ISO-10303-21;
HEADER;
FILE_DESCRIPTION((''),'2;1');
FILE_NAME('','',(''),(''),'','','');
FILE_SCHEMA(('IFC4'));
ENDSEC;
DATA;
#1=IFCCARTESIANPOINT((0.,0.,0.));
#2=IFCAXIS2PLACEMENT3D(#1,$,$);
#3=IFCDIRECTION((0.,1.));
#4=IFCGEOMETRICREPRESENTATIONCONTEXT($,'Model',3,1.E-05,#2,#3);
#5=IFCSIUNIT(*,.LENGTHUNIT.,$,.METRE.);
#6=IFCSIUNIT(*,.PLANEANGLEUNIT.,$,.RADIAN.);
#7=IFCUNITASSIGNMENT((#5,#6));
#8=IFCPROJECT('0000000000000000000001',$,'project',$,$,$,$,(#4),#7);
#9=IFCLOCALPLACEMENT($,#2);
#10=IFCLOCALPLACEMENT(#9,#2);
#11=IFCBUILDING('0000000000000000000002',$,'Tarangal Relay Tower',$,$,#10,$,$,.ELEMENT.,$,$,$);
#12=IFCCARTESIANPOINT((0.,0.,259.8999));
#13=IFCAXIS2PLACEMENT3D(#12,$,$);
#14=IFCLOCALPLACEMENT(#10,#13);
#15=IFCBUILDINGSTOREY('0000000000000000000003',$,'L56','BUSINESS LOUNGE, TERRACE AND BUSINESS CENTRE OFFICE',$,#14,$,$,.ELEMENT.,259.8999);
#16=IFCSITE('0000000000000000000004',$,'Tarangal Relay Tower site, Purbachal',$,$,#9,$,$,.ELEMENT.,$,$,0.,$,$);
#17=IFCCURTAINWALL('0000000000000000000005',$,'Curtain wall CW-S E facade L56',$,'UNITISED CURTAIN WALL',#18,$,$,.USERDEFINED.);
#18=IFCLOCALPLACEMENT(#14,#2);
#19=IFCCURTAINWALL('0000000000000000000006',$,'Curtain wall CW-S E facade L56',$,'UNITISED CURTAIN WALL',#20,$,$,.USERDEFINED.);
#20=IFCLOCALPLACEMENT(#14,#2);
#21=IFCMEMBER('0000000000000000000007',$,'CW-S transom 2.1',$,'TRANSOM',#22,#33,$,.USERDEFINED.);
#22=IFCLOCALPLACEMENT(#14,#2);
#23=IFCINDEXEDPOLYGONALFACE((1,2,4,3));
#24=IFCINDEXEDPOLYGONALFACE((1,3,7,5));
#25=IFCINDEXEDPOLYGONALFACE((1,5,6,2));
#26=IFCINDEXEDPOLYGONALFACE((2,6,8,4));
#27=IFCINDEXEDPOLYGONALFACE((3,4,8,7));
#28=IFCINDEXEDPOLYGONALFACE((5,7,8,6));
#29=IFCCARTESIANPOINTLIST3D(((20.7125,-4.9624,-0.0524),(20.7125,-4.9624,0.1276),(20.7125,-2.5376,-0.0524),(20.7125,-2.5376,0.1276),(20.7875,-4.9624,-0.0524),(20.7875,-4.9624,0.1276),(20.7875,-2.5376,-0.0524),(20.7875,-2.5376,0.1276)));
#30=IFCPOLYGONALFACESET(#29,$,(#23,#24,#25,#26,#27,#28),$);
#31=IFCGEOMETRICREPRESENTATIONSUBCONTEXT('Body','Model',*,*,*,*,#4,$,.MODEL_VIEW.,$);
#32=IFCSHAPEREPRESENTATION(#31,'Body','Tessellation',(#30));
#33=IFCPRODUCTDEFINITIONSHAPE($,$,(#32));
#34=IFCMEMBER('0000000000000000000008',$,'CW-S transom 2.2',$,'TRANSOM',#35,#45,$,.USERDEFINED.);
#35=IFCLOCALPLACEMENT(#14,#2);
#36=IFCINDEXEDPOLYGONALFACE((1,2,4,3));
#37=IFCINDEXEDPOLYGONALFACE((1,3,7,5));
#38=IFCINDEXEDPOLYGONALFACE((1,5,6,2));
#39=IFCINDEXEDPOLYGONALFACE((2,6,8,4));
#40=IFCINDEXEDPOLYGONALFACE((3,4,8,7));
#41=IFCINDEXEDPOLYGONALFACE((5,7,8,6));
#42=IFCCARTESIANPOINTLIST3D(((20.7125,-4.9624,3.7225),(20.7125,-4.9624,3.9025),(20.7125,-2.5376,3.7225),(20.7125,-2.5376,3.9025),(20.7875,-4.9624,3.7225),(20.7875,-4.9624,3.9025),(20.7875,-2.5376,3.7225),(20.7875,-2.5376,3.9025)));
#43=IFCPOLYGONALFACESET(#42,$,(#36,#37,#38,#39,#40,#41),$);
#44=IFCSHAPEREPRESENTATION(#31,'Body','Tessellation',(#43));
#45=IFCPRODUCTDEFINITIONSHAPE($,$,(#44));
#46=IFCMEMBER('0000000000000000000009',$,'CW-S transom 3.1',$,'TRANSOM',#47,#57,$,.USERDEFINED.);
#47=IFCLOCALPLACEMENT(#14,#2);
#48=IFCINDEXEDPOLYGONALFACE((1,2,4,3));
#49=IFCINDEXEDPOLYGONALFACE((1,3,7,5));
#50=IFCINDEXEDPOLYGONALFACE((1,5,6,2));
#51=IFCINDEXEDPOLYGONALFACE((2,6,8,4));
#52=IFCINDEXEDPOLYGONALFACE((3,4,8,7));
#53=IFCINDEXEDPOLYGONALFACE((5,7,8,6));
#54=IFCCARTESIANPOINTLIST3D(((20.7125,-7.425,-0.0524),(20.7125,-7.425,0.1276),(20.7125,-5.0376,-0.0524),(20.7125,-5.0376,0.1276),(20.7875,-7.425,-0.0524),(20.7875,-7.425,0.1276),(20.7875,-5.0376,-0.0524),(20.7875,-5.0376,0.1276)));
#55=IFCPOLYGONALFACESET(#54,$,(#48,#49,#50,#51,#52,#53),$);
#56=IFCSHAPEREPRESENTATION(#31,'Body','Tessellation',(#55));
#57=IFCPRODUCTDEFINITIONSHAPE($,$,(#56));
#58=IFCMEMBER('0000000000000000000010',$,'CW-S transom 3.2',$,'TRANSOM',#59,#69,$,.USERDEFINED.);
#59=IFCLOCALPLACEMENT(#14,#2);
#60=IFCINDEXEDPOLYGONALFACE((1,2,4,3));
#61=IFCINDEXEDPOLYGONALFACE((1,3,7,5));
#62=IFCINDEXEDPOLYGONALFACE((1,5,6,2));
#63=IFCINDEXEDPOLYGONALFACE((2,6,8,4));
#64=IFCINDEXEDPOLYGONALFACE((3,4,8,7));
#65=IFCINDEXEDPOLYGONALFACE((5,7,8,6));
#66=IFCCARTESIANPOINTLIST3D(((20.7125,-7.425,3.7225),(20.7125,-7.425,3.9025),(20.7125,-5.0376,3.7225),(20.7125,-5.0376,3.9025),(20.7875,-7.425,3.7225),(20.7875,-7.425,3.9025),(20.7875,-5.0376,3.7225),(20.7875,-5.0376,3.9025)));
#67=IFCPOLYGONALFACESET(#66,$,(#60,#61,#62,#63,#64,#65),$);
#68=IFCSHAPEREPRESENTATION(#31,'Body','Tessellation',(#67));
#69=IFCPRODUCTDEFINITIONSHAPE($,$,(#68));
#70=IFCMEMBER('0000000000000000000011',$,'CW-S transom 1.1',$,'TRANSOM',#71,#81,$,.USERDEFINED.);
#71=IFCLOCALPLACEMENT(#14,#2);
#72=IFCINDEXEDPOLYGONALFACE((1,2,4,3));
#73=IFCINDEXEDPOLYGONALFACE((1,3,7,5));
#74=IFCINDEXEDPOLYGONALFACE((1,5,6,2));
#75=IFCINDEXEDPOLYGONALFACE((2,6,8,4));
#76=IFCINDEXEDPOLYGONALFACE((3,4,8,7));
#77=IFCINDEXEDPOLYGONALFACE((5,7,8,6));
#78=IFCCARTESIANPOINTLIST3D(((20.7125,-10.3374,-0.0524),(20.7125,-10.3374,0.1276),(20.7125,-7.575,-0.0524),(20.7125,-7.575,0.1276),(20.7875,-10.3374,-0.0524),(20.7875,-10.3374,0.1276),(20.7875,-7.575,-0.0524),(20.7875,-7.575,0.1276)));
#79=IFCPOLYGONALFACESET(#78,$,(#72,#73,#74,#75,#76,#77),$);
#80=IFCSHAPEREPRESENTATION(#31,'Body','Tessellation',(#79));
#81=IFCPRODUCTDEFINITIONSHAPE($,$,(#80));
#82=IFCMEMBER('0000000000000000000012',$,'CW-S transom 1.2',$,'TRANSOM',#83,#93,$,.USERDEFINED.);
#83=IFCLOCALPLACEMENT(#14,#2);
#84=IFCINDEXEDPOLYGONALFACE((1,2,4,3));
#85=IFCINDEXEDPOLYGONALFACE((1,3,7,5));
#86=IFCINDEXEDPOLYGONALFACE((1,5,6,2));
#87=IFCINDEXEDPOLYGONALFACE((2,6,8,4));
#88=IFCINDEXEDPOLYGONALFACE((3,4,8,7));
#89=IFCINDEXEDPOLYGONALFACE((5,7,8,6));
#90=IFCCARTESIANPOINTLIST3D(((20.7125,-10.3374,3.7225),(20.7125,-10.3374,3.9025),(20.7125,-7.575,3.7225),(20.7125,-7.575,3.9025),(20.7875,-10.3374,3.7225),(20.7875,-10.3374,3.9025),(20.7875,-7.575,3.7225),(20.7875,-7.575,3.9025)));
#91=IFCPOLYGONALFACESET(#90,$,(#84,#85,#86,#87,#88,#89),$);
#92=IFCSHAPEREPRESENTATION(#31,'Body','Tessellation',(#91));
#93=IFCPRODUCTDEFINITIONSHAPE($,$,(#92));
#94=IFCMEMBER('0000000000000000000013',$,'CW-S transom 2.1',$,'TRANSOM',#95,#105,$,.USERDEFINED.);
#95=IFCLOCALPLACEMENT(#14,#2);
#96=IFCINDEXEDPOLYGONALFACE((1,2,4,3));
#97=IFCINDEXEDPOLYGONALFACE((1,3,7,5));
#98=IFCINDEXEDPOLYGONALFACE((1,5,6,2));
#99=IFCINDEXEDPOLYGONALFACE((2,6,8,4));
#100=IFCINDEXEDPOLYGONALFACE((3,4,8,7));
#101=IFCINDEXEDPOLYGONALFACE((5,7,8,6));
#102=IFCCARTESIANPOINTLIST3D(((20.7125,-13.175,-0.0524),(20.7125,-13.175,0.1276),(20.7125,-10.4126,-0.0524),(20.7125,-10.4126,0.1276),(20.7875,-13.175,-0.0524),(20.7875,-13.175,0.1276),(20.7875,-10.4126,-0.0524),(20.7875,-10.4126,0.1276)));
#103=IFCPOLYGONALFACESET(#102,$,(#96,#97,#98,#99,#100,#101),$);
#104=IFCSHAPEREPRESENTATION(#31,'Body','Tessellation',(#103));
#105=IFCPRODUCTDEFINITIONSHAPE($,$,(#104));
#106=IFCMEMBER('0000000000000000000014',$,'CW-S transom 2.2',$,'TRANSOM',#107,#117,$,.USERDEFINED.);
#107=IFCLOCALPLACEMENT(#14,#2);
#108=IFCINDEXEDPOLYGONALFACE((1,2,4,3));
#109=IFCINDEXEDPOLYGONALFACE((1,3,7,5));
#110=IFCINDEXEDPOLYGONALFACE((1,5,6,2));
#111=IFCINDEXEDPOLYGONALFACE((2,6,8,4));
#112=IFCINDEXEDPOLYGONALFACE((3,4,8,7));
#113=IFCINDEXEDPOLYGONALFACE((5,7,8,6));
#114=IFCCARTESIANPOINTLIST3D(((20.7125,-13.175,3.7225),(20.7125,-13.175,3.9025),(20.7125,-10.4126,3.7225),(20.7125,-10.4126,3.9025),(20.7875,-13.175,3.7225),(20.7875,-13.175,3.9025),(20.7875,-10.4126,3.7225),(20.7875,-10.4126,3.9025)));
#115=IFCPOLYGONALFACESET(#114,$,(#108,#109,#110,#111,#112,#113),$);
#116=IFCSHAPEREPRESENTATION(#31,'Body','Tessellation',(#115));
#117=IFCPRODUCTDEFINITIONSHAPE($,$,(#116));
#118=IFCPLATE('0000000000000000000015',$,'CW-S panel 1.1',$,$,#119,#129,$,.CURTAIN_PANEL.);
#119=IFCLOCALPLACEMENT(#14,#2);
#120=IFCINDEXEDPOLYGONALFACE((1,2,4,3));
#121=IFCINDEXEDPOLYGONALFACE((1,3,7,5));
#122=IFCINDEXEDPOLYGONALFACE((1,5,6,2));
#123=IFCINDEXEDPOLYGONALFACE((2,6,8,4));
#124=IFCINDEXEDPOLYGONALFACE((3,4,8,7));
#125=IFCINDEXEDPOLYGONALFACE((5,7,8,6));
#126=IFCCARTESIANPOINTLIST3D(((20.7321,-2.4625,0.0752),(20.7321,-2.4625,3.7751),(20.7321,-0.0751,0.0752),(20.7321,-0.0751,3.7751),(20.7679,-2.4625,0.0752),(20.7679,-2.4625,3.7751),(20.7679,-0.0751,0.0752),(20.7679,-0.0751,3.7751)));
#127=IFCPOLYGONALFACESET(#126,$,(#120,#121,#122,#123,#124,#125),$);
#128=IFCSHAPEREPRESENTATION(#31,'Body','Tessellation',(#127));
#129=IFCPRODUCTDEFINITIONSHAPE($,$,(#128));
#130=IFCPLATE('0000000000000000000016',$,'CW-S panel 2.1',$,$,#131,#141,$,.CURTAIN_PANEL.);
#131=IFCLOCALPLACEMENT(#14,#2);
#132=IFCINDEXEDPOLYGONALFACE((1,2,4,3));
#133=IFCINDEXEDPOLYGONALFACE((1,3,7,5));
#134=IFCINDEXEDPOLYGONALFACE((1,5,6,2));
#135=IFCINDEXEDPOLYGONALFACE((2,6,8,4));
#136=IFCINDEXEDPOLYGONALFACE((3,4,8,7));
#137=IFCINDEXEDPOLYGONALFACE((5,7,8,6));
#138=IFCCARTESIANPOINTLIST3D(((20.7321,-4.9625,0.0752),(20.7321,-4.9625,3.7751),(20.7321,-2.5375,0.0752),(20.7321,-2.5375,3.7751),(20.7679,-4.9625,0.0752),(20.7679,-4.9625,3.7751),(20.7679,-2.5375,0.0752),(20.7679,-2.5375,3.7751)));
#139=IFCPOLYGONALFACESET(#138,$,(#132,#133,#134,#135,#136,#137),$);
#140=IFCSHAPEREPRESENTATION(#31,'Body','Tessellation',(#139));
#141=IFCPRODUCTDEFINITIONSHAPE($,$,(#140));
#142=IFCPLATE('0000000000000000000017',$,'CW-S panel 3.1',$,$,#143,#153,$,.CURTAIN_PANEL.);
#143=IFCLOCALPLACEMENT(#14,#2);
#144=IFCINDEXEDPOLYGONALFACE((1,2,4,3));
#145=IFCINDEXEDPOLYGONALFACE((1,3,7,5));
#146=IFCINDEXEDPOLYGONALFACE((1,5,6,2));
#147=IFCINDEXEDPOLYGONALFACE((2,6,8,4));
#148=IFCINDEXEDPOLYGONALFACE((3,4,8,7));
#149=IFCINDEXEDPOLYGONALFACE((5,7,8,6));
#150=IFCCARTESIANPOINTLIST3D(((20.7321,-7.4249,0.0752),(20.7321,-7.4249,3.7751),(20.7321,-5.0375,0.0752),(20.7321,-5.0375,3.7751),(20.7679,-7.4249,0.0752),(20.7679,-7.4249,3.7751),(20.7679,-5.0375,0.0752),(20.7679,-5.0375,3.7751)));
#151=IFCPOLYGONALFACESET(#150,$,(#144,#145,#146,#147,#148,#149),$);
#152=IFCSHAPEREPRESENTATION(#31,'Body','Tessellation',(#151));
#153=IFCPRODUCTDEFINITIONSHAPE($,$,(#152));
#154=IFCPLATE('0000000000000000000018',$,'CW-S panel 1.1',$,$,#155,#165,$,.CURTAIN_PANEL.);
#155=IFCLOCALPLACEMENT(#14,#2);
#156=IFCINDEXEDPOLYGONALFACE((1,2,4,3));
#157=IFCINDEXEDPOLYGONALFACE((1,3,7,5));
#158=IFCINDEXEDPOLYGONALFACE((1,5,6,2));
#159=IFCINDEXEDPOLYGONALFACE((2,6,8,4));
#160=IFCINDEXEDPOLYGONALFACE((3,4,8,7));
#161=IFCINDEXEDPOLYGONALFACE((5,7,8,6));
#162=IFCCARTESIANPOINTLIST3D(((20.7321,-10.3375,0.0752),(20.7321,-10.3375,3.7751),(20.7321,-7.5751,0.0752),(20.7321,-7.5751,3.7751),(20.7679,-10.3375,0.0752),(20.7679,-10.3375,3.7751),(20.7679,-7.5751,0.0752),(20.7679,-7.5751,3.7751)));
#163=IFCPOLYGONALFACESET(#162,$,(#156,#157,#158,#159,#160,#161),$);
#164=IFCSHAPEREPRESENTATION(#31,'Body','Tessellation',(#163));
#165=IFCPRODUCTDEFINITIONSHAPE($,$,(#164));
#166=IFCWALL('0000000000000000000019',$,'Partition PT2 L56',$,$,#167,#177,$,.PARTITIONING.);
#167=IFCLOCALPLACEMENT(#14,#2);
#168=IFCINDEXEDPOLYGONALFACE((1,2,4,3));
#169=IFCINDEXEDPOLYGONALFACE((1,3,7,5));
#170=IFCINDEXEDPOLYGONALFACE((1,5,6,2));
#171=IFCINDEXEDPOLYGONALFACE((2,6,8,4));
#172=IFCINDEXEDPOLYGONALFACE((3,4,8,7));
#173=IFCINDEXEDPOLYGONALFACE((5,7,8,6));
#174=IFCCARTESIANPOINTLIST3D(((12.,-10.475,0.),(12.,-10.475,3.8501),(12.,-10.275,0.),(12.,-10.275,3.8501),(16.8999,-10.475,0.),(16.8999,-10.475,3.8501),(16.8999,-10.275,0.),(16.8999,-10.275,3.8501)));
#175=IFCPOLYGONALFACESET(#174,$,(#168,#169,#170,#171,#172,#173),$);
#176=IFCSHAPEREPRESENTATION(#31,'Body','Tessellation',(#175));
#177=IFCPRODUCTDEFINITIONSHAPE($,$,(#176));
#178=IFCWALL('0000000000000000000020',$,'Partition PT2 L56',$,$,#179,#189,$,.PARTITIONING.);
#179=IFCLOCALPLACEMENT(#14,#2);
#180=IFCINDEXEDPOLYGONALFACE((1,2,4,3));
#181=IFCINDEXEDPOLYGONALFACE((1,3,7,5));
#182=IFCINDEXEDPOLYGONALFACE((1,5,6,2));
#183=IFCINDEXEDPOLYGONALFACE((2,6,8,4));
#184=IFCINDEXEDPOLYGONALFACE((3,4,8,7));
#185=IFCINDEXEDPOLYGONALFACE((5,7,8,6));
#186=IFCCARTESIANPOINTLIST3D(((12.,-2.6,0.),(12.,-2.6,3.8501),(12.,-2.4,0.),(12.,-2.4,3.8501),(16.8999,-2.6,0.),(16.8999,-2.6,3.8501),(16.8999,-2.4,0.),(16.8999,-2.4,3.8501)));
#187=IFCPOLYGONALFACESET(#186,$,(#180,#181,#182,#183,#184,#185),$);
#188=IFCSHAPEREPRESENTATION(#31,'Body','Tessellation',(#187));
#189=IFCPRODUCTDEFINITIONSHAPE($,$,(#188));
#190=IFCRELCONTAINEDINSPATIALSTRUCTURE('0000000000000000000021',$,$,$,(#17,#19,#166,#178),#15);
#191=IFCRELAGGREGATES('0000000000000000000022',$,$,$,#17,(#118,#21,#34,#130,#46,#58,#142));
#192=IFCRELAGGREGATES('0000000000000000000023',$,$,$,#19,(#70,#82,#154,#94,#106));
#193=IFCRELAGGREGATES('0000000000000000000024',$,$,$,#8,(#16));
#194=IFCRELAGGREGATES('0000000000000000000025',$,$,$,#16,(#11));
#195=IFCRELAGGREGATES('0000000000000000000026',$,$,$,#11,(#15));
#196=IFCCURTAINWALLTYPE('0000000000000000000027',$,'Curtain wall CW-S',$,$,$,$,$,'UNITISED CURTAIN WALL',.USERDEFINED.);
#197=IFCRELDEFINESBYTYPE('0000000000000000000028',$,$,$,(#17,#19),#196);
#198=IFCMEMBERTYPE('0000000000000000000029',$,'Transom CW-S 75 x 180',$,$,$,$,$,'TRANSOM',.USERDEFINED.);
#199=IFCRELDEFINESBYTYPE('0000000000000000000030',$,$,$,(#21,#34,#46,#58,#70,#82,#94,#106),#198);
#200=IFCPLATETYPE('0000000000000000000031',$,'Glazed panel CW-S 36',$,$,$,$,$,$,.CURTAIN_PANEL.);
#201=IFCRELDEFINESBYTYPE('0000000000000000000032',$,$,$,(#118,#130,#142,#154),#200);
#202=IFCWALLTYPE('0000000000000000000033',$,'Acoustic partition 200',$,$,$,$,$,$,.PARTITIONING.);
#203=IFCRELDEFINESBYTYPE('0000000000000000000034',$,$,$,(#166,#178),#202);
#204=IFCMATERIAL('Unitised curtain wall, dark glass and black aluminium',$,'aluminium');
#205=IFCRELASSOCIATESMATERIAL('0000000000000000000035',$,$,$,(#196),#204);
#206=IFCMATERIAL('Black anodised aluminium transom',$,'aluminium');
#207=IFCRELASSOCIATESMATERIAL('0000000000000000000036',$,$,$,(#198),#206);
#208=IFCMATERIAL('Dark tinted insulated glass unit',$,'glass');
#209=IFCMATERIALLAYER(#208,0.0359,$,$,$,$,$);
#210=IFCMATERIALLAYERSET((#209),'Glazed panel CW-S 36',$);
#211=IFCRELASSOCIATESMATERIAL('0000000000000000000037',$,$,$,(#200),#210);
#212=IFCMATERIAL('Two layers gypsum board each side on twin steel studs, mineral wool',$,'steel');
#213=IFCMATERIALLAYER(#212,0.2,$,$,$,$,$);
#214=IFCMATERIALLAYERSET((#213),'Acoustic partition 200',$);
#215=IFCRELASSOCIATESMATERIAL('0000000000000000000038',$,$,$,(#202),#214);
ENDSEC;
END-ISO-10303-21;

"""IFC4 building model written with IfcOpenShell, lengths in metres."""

from ifc_helpers import new_model, si_unit, direction, frame, frame_2d, origin, origin_2d, place, context, subcontext, project, spatial, rectangle, extrude, material, layer, layer_set, material_profile, profile_set, type_object, element, aggregate, save


model = new_model("IFC4")

# Units and contexts
model_context = context("Model", 3, precision=1e-05, world=origin(), true_north=direction((0.0, 1.0)))
body_context = subcontext(model_context, "Body", "Model", "MODEL_VIEW")
ifc_project = project(units=[si_unit("LENGTHUNIT", "METRE"), si_unit("PLANEANGLEUNIT", "RADIAN")], contexts=[model_context])

# Site, building, storey
site_placement = place(None, origin())
site = spatial("IfcSite", under=ifc_project, at=site_placement, Name="Tarangal Relay Tower site, Purbachal", CompositionType="ELEMENT", RefElevation=0.0)
building_placement = place(site_placement, origin())
building = spatial("IfcBuilding", under=site, at=building_placement, Name="Tarangal Relay Tower", CompositionType="ELEMENT")
storey_placement = place(building_placement, frame((0.0, 0.0, 259.8999)))
storey = spatial("IfcBuildingStorey", under=building, at=storey_placement, Name="L56", Description="BUSINESS LOUNGE, TERRACE AND BUSINESS CENTRE OFFICE", CompositionType="ELEMENT", Elevation=259.8999)

# Curtain walls
ifc_material_1 = material(Name="Unitised curtain wall, dark glass and black aluminium", Category="aluminium")
curtain_wall_type = type_object("IfcCurtainWallType", Name="Curtain wall CW-S", ElementType="UNITISED CURTAIN WALL", PredefinedType="USERDEFINED", material=ifc_material_1)
curtain_wall_1_placement = place(storey_placement, origin())
curtain_wall_1 = element("IfcCurtainWall", 1, at=curtain_wall_1_placement, inside=storey, type_object=curtain_wall_type, Name="Curtain wall CW-S E facade L56", ObjectType="UNITISED CURTAIN WALL", PredefinedType="USERDEFINED")
curtain_wall_2_placement = place(storey_placement, origin())
curtain_wall_2 = element("IfcCurtainWall", 2, at=curtain_wall_2_placement, inside=storey, type_object=curtain_wall_type, Name="Curtain wall CW-S E facade L56", ObjectType="UNITISED CURTAIN WALL", PredefinedType="USERDEFINED")

# Members
ifc_material_2 = material(Name="Black anodised aluminium transom", Category="aluminium")
ifc_material_profile_1 = material_profile(ifc_material_2, rectangle(XDim=0.075, YDim=0.1799, at=origin_2d()), Name="CW-ST 75X180")
ifc_profile_set_1 = profile_set([ifc_material_profile_1], Name="Black anodised aluminium transom")
member_type_1 = type_object("IfcMemberType", Name="Transom CW-S 75 x 180", ElementType="TRANSOM", PredefinedType="USERDEFINED", material=ifc_profile_set_1)
member_1_placement = place(storey_placement, frame((20.75, -2.5376, 0.0376), z_axis=(0.0, -1.0, 0.0), x_axis=(1.0, 0.0, 0.0)))
member_1 = element("IfcMember", 3, at=member_1_placement, type_object=member_type_1, Name="CW-S transom 2.1", ObjectType="TRANSOM", PredefinedType="USERDEFINED", context=body_context, shape_type="SweptSolid", body=[
    extrude(rectangle(XDim=0.075, YDim=0.1799, at=origin_2d()), origin(), (0.0, 0.0, 1.0), 2.4248),
])
member_2_placement = place(storey_placement, frame((20.75, -2.5376, 3.8125), z_axis=(0.0, -1.0, 0.0), x_axis=(1.0, 0.0, 0.0)))
member_2 = element("IfcMember", 4, at=member_2_placement, type_object=member_type_1, Name="CW-S transom 2.2", ObjectType="TRANSOM", PredefinedType="USERDEFINED", context=body_context, shape_type="SweptSolid", body=[
    extrude(rectangle(XDim=0.075, YDim=0.1799, at=origin_2d()), origin(), (0.0, 0.0, 1.0), 2.4248),
])
member_3_placement = place(storey_placement, frame((20.75, -5.0376, 0.0376), z_axis=(0.0, -1.0, 0.0), x_axis=(1.0, 0.0, 0.0)))
member_3 = element("IfcMember", 5, at=member_3_placement, type_object=member_type_1, Name="CW-S transom 3.1", ObjectType="TRANSOM", PredefinedType="USERDEFINED", context=body_context, shape_type="SweptSolid", body=[
    extrude(rectangle(XDim=0.075, YDim=0.1799, at=origin_2d()), origin(), (0.0, 0.0, 1.0), 2.3875),
])
member_4_placement = place(storey_placement, frame((20.75, -5.0376, 3.8125), z_axis=(0.0, -1.0, 0.0), x_axis=(1.0, 0.0, 0.0)))
member_4 = element("IfcMember", 6, at=member_4_placement, type_object=member_type_1, Name="CW-S transom 3.2", ObjectType="TRANSOM", PredefinedType="USERDEFINED", context=body_context, shape_type="SweptSolid", body=[
    extrude(rectangle(XDim=0.075, YDim=0.1799, at=origin_2d()), origin(), (0.0, 0.0, 1.0), 2.3875),
])
member_5_placement = place(storey_placement, frame((20.75, -7.575, 0.0376), z_axis=(0.0, -1.0, 0.0), x_axis=(1.0, 0.0, 0.0)))
member_5 = element("IfcMember", 7, at=member_5_placement, type_object=member_type_1, Name="CW-S transom 1.1", ObjectType="TRANSOM", PredefinedType="USERDEFINED", context=body_context, shape_type="SweptSolid", body=[
    extrude(rectangle(XDim=0.075, YDim=0.1799, at=origin_2d()), origin(), (0.0, 0.0, 1.0), 2.7625),
])
member_6_placement = place(storey_placement, frame((20.75, -7.575, 3.8125), z_axis=(0.0, -1.0, 0.0), x_axis=(1.0, 0.0, 0.0)))
member_6 = element("IfcMember", 8, at=member_6_placement, type_object=member_type_1, Name="CW-S transom 1.2", ObjectType="TRANSOM", PredefinedType="USERDEFINED", context=body_context, shape_type="SweptSolid", body=[
    extrude(rectangle(XDim=0.075, YDim=0.1799, at=origin_2d()), origin(), (0.0, 0.0, 1.0), 2.7625),
])
member_7_placement = place(storey_placement, frame((20.75, -10.4126, 0.0376), z_axis=(0.0, -1.0, 0.0), x_axis=(1.0, 0.0, 0.0)))
member_7 = element("IfcMember", 9, at=member_7_placement, type_object=member_type_1, Name="CW-S transom 2.1", ObjectType="TRANSOM", PredefinedType="USERDEFINED", context=body_context, shape_type="SweptSolid", body=[
    extrude(rectangle(XDim=0.075, YDim=0.1799, at=origin_2d()), origin(), (0.0, 0.0, 1.0), 2.7625),
])
member_8_placement = place(storey_placement, frame((20.75, -10.4126, 3.8125), z_axis=(0.0, -1.0, 0.0), x_axis=(1.0, 0.0, 0.0)))
member_8 = element("IfcMember", 10, at=member_8_placement, type_object=member_type_1, Name="CW-S transom 2.2", ObjectType="TRANSOM", PredefinedType="USERDEFINED", context=body_context, shape_type="SweptSolid", body=[
    extrude(rectangle(XDim=0.075, YDim=0.1799, at=origin_2d()), origin(), (0.0, 0.0, 1.0), 2.7625),
])

# Plates
ifc_material_3 = material(Name="Dark tinted insulated glass unit", Category="glass")
ifc_layer_1 = layer(ifc_material_3, 0.0359)
ifc_layer_set_1 = layer_set([ifc_layer_1], Name="Glazed panel CW-S 36")
plate_type = type_object("IfcPlateType", Name="Glazed panel CW-S 36", PredefinedType="CURTAIN_PANEL", material=ifc_layer_set_1)
plate_1_placement = place(storey_placement, frame((20.75, -1.2688, 0.0752), z_axis=(0.0, 0.0, 1.0), x_axis=(0.0, -1.0, 0.0)))
plate_1 = element("IfcPlate", 11, at=plate_1_placement, type_object=plate_type, Name="CW-S panel 1.1", PredefinedType="CURTAIN_PANEL", context=body_context, shape_type="SweptSolid", body=[
    extrude(rectangle(XDim=2.3875, YDim=0.0359, at=origin_2d()), origin(), (0.0, 0.0, 1.0), 3.7),
])
plate_2_placement = place(storey_placement, frame((20.75, -3.75, 0.0752), z_axis=(0.0, 0.0, 1.0), x_axis=(0.0, -1.0, 0.0)))
plate_2 = element("IfcPlate", 12, at=plate_2_placement, type_object=plate_type, Name="CW-S panel 2.1", PredefinedType="CURTAIN_PANEL", context=body_context, shape_type="SweptSolid", body=[
    extrude(rectangle(XDim=2.425, YDim=0.0359, at=origin_2d()), origin(), (0.0, 0.0, 1.0), 3.7),
])
plate_3_placement = place(storey_placement, frame((20.75, -6.2312, 0.0752), z_axis=(0.0, 0.0, 1.0), x_axis=(0.0, -1.0, 0.0)))
plate_3 = element("IfcPlate", 13, at=plate_3_placement, type_object=plate_type, Name="CW-S panel 3.1", PredefinedType="CURTAIN_PANEL", context=body_context, shape_type="SweptSolid", body=[
    extrude(rectangle(XDim=2.3875, YDim=0.0359, at=origin_2d()), origin(), (0.0, 0.0, 1.0), 3.7),
])
aggregate(curtain_wall_1, [plate_1, member_1, member_2, plate_2, member_3, member_4, plate_3])
plate_4_placement = place(storey_placement, frame((20.75, -8.9563, 0.0752), z_axis=(0.0, 0.0, 1.0), x_axis=(0.0, -1.0, 0.0)))
plate_4 = element("IfcPlate", 14, at=plate_4_placement, type_object=plate_type, Name="CW-S panel 1.1", PredefinedType="CURTAIN_PANEL", context=body_context, shape_type="SweptSolid", body=[
    extrude(rectangle(XDim=2.7625, YDim=0.0359, at=origin_2d()), origin(), (0.0, 0.0, 1.0), 3.7),
])
aggregate(curtain_wall_2, [member_5, member_6, plate_4, member_7, member_8])

# Walls
ifc_material_4 = material(Name="Two layers gypsum board each side on twin steel studs, mineral wool", Category="steel")
ifc_layer_2 = layer(ifc_material_4, 0.2)
ifc_layer_set_2 = layer_set([ifc_layer_2], Name="Acoustic partition 200")
wall_type = type_object("IfcWallType", Name="Acoustic partition 200", PredefinedType="PARTITIONING", material=ifc_layer_set_2)
for number, where, z_axis, x_axis, name in (
    (15, (12.0, -10.375, 0.0), (0.0, 0.0, 1.0), (1.0, 0.0, 0.0), "Partition PT2 L56"),
    (16, (12.0, -2.5, 0.0), (0.0, 0.0, 1.0), (1.0, 0.0, 0.0), "Partition PT2 L56"),
):
    element("IfcWall", number, at=place(storey_placement, frame(where, z_axis=z_axis, x_axis=x_axis)), inside=storey, type_object=wall_type, Name=name, PredefinedType="PARTITIONING", context=body_context, shape_type="SweptSolid", body=[
        extrude(rectangle(XDim=4.8999, YDim=0.2, at=frame_2d((2.45, 0.0))), origin(), (0.0, 0.0, 1.0), 3.8501),
    ])

save(model, "model.ifc")
